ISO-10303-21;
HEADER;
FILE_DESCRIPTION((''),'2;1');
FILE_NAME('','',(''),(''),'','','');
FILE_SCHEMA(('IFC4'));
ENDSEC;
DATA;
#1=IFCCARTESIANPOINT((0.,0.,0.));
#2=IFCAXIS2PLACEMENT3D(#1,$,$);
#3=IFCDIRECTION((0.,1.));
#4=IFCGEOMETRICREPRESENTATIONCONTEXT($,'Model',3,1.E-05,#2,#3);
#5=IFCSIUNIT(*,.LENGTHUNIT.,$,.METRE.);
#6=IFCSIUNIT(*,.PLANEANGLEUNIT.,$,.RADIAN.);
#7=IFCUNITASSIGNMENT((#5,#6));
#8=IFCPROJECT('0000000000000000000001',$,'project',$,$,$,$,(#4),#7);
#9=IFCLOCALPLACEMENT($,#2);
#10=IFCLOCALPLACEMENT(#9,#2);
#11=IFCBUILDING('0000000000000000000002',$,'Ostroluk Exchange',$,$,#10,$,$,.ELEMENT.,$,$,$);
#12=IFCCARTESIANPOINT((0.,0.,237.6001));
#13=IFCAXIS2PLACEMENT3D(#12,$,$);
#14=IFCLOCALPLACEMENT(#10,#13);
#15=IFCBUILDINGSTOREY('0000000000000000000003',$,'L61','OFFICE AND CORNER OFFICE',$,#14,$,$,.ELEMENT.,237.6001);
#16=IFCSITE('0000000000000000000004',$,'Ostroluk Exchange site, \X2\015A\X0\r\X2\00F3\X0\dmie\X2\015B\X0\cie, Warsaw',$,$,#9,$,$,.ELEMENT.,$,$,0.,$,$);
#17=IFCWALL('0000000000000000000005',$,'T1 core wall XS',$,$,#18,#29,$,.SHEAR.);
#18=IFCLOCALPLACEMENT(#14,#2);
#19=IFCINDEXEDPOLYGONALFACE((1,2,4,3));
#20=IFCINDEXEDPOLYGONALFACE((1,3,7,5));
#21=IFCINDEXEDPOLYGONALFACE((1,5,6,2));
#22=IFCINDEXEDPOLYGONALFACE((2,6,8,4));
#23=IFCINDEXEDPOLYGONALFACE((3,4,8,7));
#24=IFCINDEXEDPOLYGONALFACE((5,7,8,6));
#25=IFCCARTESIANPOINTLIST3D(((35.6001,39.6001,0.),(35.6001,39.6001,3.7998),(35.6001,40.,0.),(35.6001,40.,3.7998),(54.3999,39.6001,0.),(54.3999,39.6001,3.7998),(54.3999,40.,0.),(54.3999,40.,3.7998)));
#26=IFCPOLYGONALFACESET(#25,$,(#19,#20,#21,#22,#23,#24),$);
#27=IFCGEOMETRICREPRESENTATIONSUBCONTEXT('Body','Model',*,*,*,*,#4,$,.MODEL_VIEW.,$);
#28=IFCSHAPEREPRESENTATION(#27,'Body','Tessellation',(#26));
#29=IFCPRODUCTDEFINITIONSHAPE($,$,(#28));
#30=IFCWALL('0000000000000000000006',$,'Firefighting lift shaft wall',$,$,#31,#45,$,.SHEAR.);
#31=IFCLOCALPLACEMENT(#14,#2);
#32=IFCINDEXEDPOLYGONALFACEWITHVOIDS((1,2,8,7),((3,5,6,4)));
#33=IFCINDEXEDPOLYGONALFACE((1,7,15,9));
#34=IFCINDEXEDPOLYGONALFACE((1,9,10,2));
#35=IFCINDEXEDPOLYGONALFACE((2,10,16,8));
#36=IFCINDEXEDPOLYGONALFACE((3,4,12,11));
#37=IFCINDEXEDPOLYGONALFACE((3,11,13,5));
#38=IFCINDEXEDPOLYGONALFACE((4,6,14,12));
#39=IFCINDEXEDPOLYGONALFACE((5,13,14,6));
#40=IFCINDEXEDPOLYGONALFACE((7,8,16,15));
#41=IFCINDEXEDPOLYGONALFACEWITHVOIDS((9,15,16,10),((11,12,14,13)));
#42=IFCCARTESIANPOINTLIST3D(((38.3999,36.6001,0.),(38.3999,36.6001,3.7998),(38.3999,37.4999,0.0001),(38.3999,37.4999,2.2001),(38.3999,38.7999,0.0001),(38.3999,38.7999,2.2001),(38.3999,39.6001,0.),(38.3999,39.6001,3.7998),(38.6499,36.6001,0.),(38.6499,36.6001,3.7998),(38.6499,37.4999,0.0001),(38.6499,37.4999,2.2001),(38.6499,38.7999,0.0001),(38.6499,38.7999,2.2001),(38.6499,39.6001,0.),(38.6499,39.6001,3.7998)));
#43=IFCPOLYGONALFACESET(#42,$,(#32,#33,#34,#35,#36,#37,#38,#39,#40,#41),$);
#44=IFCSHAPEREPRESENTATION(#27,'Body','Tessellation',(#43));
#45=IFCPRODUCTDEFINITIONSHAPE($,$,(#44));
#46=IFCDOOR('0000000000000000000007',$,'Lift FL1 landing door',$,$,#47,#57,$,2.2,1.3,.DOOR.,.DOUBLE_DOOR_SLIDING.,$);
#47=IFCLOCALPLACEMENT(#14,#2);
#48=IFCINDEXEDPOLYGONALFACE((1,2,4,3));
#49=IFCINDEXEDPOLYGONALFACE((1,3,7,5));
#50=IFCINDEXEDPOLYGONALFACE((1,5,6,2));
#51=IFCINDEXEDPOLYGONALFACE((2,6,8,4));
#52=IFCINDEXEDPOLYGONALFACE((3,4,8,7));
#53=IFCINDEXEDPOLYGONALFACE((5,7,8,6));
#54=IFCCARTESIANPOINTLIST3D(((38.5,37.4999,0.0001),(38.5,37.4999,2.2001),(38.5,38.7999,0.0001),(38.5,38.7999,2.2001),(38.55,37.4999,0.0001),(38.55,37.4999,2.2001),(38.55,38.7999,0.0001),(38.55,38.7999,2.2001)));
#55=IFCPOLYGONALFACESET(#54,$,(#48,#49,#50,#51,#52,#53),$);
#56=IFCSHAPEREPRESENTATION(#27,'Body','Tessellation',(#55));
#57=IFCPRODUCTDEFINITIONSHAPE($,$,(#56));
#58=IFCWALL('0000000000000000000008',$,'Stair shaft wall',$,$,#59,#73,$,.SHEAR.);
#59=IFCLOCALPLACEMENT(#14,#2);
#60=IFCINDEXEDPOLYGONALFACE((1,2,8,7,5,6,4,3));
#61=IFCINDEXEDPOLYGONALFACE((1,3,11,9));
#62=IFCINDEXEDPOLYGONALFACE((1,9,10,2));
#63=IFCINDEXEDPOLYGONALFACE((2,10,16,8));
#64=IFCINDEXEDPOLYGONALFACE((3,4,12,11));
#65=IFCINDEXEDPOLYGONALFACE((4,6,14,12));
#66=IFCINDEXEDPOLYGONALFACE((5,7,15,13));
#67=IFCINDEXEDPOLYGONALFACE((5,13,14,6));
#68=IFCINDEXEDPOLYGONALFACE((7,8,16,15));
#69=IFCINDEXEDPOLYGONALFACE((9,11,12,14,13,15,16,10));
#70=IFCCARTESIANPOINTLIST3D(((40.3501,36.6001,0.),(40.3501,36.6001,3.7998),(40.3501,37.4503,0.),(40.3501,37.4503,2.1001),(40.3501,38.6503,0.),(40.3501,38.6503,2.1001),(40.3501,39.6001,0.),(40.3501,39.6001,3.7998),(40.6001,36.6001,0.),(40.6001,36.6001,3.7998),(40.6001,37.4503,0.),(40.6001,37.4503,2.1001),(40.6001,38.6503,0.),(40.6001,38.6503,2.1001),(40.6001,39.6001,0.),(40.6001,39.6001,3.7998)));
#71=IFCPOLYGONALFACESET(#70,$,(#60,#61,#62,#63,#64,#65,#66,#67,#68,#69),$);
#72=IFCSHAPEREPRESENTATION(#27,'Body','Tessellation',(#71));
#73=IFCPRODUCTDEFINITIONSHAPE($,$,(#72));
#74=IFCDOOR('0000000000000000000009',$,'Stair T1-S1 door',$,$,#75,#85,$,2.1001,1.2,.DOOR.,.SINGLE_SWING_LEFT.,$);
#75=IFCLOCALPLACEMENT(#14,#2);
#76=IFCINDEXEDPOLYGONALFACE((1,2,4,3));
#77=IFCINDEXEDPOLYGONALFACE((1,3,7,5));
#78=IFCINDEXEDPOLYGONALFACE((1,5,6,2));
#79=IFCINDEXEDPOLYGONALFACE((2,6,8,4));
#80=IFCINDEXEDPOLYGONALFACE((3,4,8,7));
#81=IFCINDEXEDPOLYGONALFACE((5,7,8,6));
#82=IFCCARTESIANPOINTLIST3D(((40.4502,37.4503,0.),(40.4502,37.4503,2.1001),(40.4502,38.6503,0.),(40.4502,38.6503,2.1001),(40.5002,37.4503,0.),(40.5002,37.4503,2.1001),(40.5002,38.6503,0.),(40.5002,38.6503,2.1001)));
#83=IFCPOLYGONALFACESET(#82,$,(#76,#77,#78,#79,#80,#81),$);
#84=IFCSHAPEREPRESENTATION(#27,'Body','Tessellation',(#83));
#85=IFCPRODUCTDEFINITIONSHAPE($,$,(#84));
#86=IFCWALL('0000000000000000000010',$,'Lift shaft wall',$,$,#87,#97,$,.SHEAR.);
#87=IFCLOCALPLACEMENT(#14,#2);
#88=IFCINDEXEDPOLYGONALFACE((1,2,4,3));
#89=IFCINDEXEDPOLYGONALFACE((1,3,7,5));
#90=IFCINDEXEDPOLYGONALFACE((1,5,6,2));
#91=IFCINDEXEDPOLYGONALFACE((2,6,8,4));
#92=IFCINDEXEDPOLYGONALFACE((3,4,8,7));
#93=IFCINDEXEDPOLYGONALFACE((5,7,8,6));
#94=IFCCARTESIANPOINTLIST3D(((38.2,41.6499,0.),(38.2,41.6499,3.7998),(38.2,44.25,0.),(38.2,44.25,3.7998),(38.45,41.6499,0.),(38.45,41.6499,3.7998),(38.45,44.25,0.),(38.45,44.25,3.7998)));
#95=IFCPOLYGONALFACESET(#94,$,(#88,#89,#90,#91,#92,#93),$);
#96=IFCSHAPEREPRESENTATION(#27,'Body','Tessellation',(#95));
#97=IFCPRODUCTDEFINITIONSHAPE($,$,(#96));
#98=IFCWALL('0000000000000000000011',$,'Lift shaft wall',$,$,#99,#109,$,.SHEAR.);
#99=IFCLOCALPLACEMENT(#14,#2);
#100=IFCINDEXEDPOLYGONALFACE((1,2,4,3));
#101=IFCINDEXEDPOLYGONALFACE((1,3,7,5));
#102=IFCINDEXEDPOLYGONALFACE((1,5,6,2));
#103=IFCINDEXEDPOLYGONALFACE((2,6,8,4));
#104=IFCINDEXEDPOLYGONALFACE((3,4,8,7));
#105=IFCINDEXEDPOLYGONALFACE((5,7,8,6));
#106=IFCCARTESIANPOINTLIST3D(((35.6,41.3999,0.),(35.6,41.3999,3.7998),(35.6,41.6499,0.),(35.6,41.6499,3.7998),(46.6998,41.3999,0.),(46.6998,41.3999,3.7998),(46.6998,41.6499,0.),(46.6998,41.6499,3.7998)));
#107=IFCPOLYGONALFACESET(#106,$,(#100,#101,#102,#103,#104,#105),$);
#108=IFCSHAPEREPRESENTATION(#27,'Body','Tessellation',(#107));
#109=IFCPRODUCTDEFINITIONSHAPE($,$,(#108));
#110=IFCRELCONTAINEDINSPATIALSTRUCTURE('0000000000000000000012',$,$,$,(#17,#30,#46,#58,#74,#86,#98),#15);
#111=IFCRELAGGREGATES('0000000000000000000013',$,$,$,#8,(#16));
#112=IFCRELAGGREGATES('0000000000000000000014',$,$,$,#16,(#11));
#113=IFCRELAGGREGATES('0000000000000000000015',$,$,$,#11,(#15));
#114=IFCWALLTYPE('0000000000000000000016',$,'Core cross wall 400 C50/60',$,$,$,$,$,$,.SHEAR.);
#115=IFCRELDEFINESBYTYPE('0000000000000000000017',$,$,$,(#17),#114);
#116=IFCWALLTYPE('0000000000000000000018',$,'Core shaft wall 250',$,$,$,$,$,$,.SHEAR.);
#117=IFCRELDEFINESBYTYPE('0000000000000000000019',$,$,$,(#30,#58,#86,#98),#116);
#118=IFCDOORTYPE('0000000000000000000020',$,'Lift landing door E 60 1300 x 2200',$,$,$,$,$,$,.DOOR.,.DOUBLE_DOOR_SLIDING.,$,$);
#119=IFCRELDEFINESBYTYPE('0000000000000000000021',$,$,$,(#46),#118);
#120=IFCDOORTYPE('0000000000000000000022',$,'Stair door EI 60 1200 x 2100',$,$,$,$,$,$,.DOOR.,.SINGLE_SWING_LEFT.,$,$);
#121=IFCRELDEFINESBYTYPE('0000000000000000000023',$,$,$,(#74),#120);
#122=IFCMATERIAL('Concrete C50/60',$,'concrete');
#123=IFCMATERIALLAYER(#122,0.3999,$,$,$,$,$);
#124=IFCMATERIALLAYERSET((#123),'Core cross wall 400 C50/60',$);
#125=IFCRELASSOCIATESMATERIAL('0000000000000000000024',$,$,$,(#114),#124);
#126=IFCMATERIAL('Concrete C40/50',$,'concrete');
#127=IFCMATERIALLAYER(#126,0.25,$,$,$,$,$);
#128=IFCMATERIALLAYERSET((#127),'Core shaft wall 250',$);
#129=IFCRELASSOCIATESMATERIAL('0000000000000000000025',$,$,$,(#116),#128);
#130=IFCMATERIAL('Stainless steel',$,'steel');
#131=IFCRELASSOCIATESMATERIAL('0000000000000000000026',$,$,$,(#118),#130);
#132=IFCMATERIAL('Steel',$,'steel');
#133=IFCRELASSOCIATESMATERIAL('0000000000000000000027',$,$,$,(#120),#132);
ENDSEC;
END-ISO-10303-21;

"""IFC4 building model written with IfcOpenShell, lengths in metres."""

from ifc_helpers import new_model, si_unit, direction, frame, frame_2d, origin, place, context, subcontext, project, spatial, rectangle, extrude, material, layer, layer_set, type_object, element, fill, save


model = new_model("IFC4")

# Units and contexts
model_context = context("Model", 3, precision=1e-05, world=origin(), true_north=direction((0.0, 1.0)))
body_context = subcontext(model_context, "Body", "Model", "MODEL_VIEW")
ifc_project = project(units=[si_unit("LENGTHUNIT", "METRE"), si_unit("PLANEANGLEUNIT", "RADIAN")], contexts=[model_context])

# Site, building, storey
site_placement = place(None, origin())
site = spatial("IfcSite", under=ifc_project, at=site_placement, Name="Ostroluk Exchange site, Śródmieście, Warsaw", CompositionType="ELEMENT", RefElevation=0.0)
building_placement = place(site_placement, origin())
building = spatial("IfcBuilding", under=site, at=building_placement, Name="Ostroluk Exchange", CompositionType="ELEMENT")
storey_placement = place(building_placement, frame((0.0, 0.0, 237.6001)))
storey = spatial("IfcBuildingStorey", under=building, at=storey_placement, Name="L61", Description="OFFICE AND CORNER OFFICE", CompositionType="ELEMENT", Elevation=237.6001)

# Wall
ifc_material_1 = material(Name="Concrete C50/60", Category="concrete")
ifc_layer_1 = layer(ifc_material_1, 0.3999)
ifc_layer_set_1 = layer_set([ifc_layer_1], Name="Core cross wall 400 C50/60")
wall_type_1 = type_object("IfcWallType", Name="Core cross wall 400 C50/60", PredefinedType="SHEAR", material=ifc_layer_set_1)
wall_1_placement = place(storey_placement, frame((35.6001, 39.8, 0.0), z_axis=(0.0, 0.0, 1.0), x_axis=(1.0, 0.0, 0.0)))
element("IfcWall", 1, at=wall_1_placement, inside=storey, type_object=wall_type_1, Name="T1 core wall XS", PredefinedType="SHEAR", context=body_context, shape_type="SweptSolid", body=[
    extrude(rectangle(XDim=18.7998, YDim=0.3999, at=frame_2d((9.3999, 0.0))), origin(), (0.0, 0.0, 1.0), 3.7998),
])

# Walls, openings, doors
ifc_material_2 = material(Name="Concrete C40/50", Category="concrete")
ifc_layer_2 = layer(ifc_material_2, 0.25)
ifc_layer_set_2 = layer_set([ifc_layer_2], Name="Core shaft wall 250")
wall_type_2 = type_object("IfcWallType", Name="Core shaft wall 250", PredefinedType="SHEAR", material=ifc_layer_set_2)
wall_2_placement = place(storey_placement, frame((38.5249, 36.6001, 0.0), z_axis=(0.0, 0.0, 1.0), x_axis=(0.0, 1.0, 0.0)))
wall_2 = element("IfcWall", 2, at=wall_2_placement, inside=storey, type_object=wall_type_2, Name="Firefighting lift shaft wall", PredefinedType="SHEAR", context=body_context, shape_type="SweptSolid", body=[
    extrude(rectangle(XDim=3.0, YDim=0.25, at=frame_2d((1.5, 0.0))), origin(), (0.0, 0.0, 1.0), 3.7998),
])
opening_1_placement = place(wall_2_placement, frame((0.8999, 0.0, 0.0)))
opening_1 = element("IfcOpeningElement", 3, at=opening_1_placement, cuts=wall_2, PredefinedType="OPENING", context=body_context, shape_type="SweptSolid", body=[
    extrude(rectangle(XDim=1.3, YDim=2.2, at=frame_2d((0.6499, 1.1001))), frame((0.0, 0.135, 0.0), z_axis=(0.0, -1.0, 0.0), x_axis=(1.0, 0.0, 0.0)), (0.0, 0.0, 1.0), 0.27),
])
ifc_material_3 = material(Name="Stainless steel", Category="steel")
door_type_1 = type_object("IfcDoorType", Name="Lift landing door E 60 1300 x 2200", OperationType="DOUBLE_DOOR_SLIDING", PredefinedType="DOOR", material=ifc_material_3)
door_1_placement = place(opening_1_placement, origin())
door_1 = element("IfcDoor", 4, at=door_1_placement, inside=storey, type_object=door_type_1, Name="Lift FL1 landing door", OperationType="DOUBLE_DOOR_SLIDING", OverallHeight=2.2, OverallWidth=1.3, PredefinedType="DOOR", context=body_context, shape_type="SweptSolid", body=[
    extrude(rectangle(XDim=1.3, YDim=2.2, at=frame_2d((0.6499, 1.1001))), frame((0.0, 0.0249, 0.0), z_axis=(0.0, -1.0, 0.0), x_axis=(1.0, 0.0, 0.0)), (0.0, 0.0, 1.0), 0.05),
])
fill(opening_1, door_1)
wall_3_placement = place(storey_placement, frame((40.4751, 36.6001, 0.0), z_axis=(0.0, 0.0, 1.0), x_axis=(0.0, 1.0, 0.0)))
wall_3 = element("IfcWall", 5, at=wall_3_placement, inside=storey, type_object=wall_type_2, Name="Stair shaft wall", PredefinedType="SHEAR", context=body_context, shape_type="SweptSolid", body=[
    extrude(rectangle(XDim=3.0, YDim=0.25, at=frame_2d((1.5, 0.0))), origin(), (0.0, 0.0, 1.0), 3.7998),
])
opening_2_placement = place(wall_3_placement, frame((0.8501, 0.0, 0.0)))
opening_2 = element("IfcOpeningElement", 6, at=opening_2_placement, cuts=wall_3, PredefinedType="OPENING", context=body_context, shape_type="SweptSolid", body=[
    extrude(rectangle(XDim=1.2, YDim=2.1001, at=frame_2d((0.6001, 1.05))), frame((0.0, 0.135, 0.0), z_axis=(0.0, -1.0, 0.0), x_axis=(1.0, 0.0, 0.0)), (0.0, 0.0, 1.0), 0.27),
])
ifc_material_4 = material(Name="Steel", Category="steel")
door_type_2 = type_object("IfcDoorType", Name="Stair door EI 60 1200 x 2100", OperationType="SINGLE_SWING_LEFT", PredefinedType="DOOR", material=ifc_material_4)
door_2_placement = place(opening_2_placement, origin())
door_2 = element("IfcDoor", 7, at=door_2_placement, inside=storey, type_object=door_type_2, Name="Stair T1-S1 door", OperationType="SINGLE_SWING_LEFT", OverallHeight=2.1001, OverallWidth=1.2, PredefinedType="DOOR", context=body_context, shape_type="SweptSolid", body=[
    extrude(rectangle(XDim=1.2, YDim=2.1001, at=frame_2d((0.6001, 1.05))), frame((0.0, 0.0249, 0.0), z_axis=(0.0, -1.0, 0.0), x_axis=(1.0, 0.0, 0.0)), (0.0, 0.0, 1.0), 0.05),
])
fill(opening_2, door_2)

# Walls
wall_4_placement = place(storey_placement, frame((38.325, 44.25, 0.0), z_axis=(0.0, 0.0, 1.0), x_axis=(0.0, -1.0, 0.0)))
element("IfcWall", 8, at=wall_4_placement, inside=storey, type_object=wall_type_2, Name="Lift shaft wall", PredefinedType="SHEAR", context=body_context, shape_type="SweptSolid", body=[
    extrude(rectangle(XDim=2.6001, YDim=0.25, at=frame_2d((1.3, 0.0))), origin(), (0.0, 0.0, 1.0), 3.7998),
])
wall_5_placement = place(storey_placement, frame((35.6001, 41.5249, 0.0), z_axis=(0.0, 0.0, 1.0), x_axis=(1.0, 0.0, 0.0)))
element("IfcWall", 9, at=wall_5_placement, inside=storey, type_object=wall_type_2, Name="Lift shaft wall", PredefinedType="SHEAR", context=body_context, shape_type="SweptSolid", body=[
    extrude(rectangle(XDim=11.0999, YDim=0.25, at=frame_2d((5.5498, 0.0))), origin(), (0.0, 0.0, 1.0), 3.7998),
])

save(model, "model.ifc")
